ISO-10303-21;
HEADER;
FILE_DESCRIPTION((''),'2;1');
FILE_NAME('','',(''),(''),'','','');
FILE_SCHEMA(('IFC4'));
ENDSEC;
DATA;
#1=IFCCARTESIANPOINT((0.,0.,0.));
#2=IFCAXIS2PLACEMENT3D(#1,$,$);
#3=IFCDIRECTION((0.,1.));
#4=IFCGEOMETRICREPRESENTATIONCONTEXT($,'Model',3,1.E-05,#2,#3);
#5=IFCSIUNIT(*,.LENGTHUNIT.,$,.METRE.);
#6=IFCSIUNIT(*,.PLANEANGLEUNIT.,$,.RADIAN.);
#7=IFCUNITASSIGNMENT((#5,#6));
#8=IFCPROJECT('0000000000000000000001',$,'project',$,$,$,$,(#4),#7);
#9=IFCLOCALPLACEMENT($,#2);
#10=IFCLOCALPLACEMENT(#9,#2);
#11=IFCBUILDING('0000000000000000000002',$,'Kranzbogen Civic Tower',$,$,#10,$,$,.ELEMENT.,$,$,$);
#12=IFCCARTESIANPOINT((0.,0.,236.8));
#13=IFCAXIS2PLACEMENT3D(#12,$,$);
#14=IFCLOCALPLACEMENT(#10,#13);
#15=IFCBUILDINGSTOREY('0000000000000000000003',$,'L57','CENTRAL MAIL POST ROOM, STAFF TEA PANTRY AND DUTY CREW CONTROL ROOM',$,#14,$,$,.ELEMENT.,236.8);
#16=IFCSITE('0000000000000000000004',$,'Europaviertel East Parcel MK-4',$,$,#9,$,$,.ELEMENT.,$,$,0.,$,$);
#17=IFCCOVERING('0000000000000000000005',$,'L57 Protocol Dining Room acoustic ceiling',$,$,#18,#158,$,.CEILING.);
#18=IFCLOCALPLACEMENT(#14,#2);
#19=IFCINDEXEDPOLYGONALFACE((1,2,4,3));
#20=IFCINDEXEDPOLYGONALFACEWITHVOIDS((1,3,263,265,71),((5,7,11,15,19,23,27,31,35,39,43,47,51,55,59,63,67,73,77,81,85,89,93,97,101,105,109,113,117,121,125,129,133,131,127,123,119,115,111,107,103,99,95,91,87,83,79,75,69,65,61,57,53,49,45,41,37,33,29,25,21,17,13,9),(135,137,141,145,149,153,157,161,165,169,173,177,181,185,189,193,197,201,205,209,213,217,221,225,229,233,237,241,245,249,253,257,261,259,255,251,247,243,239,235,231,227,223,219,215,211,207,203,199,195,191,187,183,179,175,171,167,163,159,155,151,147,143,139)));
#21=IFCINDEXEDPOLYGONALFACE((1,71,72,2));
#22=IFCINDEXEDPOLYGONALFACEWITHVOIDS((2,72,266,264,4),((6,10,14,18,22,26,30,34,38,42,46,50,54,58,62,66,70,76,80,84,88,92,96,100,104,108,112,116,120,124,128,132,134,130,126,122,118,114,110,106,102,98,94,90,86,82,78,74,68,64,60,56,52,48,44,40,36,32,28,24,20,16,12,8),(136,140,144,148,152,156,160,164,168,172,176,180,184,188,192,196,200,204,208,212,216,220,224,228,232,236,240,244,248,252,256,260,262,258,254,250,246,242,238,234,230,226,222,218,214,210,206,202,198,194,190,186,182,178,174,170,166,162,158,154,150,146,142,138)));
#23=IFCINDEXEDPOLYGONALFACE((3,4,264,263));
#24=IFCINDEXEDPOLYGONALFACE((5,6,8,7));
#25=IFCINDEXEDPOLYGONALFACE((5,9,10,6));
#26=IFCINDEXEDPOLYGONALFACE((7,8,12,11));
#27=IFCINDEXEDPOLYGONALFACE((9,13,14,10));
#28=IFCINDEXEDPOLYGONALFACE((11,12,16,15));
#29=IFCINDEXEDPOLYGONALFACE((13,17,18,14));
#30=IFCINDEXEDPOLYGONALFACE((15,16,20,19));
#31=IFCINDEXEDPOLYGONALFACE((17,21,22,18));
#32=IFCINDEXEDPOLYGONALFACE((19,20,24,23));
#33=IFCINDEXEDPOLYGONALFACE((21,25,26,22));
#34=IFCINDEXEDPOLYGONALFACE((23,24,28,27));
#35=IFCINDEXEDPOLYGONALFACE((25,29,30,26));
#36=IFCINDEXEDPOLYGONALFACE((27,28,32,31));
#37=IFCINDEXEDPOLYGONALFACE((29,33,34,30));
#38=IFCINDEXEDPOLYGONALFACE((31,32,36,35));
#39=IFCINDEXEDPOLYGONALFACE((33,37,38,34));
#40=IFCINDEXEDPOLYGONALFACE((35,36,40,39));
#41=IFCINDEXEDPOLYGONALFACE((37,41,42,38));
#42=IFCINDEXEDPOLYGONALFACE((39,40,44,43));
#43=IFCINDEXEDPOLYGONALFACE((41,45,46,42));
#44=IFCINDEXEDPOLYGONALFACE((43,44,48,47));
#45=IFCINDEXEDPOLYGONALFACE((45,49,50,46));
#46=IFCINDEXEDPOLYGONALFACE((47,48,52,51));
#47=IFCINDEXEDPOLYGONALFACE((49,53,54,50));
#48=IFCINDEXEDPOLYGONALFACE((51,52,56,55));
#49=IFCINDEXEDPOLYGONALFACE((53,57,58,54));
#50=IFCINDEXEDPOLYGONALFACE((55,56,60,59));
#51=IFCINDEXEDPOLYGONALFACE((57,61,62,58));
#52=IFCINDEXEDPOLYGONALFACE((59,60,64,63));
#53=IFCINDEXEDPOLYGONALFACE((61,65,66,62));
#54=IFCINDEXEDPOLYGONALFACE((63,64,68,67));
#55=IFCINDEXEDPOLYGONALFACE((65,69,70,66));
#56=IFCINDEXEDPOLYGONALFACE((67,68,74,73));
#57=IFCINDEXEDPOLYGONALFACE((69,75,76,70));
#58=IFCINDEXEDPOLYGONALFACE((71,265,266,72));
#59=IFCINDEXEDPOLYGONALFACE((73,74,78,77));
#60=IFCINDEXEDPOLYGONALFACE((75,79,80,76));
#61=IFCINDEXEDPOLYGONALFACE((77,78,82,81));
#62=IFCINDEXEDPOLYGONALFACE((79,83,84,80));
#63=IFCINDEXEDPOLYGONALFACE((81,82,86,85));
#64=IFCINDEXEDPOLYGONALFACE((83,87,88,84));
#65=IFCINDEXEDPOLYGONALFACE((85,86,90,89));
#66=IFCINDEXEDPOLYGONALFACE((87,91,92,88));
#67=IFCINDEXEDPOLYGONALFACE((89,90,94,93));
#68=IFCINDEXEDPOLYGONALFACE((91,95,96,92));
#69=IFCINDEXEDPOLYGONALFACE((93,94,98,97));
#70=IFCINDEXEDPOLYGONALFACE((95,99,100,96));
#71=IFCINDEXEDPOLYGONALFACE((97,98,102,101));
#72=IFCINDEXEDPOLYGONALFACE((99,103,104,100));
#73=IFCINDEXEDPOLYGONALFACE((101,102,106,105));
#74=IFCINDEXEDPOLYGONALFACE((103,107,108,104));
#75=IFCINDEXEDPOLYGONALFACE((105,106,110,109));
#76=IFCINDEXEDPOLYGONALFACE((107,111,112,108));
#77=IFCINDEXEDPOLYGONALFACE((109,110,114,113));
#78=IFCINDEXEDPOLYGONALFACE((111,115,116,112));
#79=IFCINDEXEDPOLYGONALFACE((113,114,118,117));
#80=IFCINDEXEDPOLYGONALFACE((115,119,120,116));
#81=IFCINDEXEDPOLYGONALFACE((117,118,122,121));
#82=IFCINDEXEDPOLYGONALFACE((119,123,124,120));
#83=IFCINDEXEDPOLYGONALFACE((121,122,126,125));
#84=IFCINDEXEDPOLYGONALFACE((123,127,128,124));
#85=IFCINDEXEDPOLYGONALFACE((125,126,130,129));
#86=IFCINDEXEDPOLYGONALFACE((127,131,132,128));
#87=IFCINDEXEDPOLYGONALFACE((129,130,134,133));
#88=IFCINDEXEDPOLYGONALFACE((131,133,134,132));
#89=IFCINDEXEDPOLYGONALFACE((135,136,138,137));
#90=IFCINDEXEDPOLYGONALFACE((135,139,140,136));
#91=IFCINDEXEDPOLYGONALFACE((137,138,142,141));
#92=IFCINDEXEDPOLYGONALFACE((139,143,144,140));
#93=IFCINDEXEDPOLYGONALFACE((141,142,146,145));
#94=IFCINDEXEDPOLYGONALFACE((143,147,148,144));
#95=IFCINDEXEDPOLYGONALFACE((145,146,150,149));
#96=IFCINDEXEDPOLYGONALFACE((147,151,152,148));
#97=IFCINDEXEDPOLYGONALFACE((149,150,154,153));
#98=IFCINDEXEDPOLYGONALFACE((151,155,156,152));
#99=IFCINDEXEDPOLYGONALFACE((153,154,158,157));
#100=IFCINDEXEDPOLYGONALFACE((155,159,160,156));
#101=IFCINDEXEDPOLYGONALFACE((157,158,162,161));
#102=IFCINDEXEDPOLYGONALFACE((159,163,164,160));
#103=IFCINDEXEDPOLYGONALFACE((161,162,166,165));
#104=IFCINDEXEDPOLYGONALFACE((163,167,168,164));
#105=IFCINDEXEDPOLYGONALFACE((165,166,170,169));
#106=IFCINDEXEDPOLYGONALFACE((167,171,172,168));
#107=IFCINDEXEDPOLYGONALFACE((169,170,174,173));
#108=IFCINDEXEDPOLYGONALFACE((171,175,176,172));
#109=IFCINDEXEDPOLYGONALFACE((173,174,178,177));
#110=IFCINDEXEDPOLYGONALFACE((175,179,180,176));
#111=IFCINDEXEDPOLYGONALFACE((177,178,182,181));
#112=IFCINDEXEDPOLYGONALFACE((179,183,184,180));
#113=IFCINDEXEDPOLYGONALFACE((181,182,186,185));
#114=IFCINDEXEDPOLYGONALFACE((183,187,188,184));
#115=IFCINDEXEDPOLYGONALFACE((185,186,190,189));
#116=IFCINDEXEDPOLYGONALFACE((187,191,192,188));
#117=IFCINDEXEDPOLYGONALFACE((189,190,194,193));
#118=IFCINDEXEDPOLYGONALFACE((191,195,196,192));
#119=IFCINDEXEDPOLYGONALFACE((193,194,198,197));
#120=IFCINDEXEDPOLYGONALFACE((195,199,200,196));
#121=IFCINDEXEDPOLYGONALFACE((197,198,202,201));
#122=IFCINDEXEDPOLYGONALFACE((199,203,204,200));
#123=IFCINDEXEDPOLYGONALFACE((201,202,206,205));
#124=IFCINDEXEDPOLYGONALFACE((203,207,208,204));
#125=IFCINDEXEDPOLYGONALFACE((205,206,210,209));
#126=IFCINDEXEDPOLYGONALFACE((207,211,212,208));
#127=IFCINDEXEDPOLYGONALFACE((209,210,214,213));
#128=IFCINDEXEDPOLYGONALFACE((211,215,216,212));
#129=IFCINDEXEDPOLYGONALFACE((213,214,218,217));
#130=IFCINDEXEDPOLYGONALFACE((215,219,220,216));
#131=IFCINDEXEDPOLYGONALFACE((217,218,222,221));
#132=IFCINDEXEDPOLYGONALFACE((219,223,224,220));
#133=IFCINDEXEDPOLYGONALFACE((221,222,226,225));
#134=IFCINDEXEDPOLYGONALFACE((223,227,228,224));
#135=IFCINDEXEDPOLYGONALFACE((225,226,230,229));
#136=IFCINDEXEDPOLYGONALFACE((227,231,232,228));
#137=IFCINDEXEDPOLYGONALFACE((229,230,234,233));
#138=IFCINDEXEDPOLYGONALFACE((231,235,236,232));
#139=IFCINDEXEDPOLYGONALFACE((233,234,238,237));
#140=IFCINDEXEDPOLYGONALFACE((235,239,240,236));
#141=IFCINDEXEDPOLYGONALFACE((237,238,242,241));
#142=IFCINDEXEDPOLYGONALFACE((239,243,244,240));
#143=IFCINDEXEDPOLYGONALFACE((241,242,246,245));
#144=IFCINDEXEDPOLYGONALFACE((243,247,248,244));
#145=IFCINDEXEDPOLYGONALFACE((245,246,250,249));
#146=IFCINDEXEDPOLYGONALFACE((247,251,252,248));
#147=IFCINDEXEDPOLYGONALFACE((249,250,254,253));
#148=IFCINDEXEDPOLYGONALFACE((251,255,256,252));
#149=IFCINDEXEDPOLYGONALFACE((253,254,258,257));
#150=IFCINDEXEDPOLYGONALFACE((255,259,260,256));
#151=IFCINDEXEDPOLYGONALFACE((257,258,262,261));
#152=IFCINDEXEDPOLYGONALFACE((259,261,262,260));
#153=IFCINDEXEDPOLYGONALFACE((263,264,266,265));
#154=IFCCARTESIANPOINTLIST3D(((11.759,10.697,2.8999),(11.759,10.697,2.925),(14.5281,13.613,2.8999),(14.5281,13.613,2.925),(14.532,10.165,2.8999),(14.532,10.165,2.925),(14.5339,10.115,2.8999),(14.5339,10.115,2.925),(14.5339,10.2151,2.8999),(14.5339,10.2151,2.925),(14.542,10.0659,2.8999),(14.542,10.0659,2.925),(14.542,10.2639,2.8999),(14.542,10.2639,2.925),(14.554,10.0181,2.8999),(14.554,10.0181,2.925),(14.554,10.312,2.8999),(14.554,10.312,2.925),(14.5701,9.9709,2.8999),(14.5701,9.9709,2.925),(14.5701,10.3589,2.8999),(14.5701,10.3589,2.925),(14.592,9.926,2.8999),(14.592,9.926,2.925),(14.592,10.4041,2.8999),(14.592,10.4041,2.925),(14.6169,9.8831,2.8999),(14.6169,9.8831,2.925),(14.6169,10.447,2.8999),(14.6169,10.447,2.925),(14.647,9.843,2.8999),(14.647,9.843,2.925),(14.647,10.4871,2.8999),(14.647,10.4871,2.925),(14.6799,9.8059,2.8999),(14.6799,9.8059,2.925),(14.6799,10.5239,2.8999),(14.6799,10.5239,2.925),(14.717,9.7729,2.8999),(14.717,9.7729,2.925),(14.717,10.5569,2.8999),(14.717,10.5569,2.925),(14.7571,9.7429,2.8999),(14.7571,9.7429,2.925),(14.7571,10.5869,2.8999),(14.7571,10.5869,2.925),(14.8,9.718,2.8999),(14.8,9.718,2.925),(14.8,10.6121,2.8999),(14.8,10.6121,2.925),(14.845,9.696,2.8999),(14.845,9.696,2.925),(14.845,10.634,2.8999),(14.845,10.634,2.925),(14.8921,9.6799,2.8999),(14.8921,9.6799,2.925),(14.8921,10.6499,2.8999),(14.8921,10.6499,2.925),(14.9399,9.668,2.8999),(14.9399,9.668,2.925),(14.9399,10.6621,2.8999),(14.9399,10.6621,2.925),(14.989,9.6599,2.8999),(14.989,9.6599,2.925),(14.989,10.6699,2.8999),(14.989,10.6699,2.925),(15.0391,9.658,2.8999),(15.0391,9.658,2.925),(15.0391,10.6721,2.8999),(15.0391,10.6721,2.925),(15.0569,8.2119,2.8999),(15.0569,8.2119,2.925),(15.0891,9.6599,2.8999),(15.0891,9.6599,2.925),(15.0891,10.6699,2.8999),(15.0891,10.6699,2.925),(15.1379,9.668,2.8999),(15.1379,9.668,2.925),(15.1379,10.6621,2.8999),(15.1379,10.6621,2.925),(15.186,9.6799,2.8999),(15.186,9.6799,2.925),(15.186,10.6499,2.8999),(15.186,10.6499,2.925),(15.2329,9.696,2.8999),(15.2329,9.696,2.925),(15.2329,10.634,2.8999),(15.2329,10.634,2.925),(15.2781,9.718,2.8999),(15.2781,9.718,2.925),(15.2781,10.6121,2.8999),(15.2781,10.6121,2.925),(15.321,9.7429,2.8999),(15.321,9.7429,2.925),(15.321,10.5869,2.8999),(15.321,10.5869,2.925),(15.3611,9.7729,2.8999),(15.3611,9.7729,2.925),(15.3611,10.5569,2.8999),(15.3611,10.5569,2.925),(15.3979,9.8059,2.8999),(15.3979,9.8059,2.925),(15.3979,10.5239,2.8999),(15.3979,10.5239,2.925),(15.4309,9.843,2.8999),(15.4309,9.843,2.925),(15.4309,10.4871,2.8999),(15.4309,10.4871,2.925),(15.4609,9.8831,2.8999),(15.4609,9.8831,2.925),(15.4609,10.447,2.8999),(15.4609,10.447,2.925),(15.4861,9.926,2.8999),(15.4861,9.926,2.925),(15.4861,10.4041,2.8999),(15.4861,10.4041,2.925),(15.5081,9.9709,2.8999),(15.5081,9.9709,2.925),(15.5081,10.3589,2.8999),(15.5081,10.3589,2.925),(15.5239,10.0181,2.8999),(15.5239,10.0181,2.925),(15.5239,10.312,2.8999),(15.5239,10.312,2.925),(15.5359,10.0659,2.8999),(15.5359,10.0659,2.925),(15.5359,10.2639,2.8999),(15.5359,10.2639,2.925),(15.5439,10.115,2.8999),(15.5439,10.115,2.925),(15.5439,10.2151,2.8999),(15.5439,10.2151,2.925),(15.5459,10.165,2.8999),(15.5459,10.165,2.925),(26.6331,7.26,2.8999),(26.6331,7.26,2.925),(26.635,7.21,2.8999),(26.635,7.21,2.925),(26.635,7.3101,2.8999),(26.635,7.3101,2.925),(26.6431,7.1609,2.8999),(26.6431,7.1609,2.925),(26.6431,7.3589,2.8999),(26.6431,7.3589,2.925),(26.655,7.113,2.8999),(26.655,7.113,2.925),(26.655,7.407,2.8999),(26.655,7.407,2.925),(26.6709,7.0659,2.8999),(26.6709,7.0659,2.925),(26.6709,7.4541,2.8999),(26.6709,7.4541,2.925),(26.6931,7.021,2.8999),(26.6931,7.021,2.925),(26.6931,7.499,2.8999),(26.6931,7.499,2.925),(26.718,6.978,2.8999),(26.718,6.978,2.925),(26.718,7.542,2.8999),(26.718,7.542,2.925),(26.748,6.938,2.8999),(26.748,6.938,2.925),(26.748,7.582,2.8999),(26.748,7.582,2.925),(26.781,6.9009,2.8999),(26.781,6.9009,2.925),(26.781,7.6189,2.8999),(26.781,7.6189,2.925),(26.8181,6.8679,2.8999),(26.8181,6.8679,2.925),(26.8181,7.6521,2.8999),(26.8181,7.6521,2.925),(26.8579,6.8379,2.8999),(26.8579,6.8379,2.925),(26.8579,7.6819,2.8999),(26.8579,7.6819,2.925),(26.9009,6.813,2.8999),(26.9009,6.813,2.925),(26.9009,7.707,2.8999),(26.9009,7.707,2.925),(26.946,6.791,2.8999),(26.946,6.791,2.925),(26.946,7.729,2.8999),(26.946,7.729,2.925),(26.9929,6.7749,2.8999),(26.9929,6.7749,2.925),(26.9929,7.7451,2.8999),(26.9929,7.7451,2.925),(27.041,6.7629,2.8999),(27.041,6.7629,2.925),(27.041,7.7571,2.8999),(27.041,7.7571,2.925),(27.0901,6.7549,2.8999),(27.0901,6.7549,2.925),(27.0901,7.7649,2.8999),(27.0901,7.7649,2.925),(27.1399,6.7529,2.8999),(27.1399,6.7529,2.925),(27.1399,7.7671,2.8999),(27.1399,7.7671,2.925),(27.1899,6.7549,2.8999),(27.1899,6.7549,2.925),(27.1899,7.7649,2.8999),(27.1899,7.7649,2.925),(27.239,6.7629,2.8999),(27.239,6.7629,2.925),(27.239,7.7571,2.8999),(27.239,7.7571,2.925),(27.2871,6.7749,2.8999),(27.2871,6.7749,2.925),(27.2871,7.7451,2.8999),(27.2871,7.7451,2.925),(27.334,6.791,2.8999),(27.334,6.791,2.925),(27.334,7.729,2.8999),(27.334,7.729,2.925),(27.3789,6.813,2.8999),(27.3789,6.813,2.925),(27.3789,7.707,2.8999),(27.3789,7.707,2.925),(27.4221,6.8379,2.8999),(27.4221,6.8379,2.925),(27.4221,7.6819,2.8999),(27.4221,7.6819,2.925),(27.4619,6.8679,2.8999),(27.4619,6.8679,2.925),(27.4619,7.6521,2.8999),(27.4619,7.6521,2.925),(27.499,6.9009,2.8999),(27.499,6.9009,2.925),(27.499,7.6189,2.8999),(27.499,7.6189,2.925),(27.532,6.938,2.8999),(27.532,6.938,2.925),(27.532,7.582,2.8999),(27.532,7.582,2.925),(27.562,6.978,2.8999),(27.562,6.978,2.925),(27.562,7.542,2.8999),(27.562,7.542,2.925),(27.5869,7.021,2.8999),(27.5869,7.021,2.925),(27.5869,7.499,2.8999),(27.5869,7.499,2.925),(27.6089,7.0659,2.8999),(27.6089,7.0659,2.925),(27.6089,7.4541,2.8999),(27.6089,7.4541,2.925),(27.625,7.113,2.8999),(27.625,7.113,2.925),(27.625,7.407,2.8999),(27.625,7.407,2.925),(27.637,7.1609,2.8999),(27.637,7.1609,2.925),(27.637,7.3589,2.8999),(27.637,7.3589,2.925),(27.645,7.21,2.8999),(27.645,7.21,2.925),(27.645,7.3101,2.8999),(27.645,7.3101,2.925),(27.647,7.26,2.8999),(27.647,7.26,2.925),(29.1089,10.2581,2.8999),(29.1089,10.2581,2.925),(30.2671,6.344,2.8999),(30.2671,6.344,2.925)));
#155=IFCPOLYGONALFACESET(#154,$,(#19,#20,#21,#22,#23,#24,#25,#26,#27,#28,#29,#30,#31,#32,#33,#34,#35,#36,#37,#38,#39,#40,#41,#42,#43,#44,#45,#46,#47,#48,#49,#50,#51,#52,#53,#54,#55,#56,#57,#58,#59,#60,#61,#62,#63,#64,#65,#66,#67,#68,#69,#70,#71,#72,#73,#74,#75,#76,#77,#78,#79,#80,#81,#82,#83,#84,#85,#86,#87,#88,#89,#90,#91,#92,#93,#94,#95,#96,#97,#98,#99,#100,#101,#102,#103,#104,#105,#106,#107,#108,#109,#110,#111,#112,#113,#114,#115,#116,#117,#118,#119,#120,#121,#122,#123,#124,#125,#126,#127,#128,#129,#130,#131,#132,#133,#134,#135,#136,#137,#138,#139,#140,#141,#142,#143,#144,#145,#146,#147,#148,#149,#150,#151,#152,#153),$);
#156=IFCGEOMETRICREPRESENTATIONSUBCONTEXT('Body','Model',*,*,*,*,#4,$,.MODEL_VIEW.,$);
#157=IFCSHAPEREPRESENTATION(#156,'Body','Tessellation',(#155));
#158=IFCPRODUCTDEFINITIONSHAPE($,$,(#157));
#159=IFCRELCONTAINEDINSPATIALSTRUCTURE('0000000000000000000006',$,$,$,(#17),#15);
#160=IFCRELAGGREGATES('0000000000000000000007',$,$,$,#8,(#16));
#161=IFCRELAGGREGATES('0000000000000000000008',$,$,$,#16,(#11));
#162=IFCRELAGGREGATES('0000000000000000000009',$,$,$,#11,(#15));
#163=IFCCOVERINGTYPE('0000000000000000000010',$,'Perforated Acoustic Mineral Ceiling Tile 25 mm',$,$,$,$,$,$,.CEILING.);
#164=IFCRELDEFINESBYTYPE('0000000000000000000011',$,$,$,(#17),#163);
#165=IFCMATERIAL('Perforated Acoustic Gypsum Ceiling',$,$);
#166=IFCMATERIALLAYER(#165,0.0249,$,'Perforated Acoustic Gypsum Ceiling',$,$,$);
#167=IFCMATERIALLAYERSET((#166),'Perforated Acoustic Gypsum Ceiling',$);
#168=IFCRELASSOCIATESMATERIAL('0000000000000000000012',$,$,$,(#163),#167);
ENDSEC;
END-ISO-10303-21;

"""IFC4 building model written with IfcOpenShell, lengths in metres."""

from ifc_helpers import new_model, si_unit, direction, frame, origin, place, context, subcontext, project, spatial, polyline, outline, extrude, material, layer, layer_set, type_object, element, save


model = new_model("IFC4")

# Units and contexts
model_context = context("Model", 3, precision=1e-05, world=origin(), true_north=direction((0.0, 1.0)))
body_context = subcontext(model_context, "Body", "Model", "MODEL_VIEW")
ifc_project = project(units=[si_unit("LENGTHUNIT", "METRE"), si_unit("PLANEANGLEUNIT", "RADIAN")], contexts=[model_context])

# Site, building, storey
site_placement = place(None, origin())
site = spatial("IfcSite", under=ifc_project, at=site_placement, Name="Europaviertel East Parcel MK-4", CompositionType="ELEMENT", RefElevation=0.0)
building_placement = place(site_placement, origin())
building = spatial("IfcBuilding", under=site, at=building_placement, Name="Kranzbogen Civic Tower", CompositionType="ELEMENT")
storey_placement = place(building_placement, frame((0.0, 0.0, 236.8)))
storey = spatial("IfcBuildingStorey", under=building, at=storey_placement, Name="L57", Description="CENTRAL MAIL POST ROOM, STAFF TEA PANTRY AND DUTY CREW CONTROL ROOM", CompositionType="ELEMENT", Elevation=236.8)

# Covering
ifc_material_1 = material(Name="Perforated Acoustic Gypsum Ceiling")
ifc_layer_1 = layer(ifc_material_1, 0.0249, Name="Perforated Acoustic Gypsum Ceiling")
ifc_layer_set_1 = layer_set([ifc_layer_1], Name="Perforated Acoustic Gypsum Ceiling")
covering_type = type_object("IfcCoveringType", Name="Perforated Acoustic Mineral Ceiling Tile 25 mm", PredefinedType="CEILING", material=ifc_layer_set_1)
covering_1_placement = place(storey_placement, frame((0.0, 0.0, 2.8999)))
element("IfcCovering", 1, at=covering_1_placement, inside=storey, type_object=covering_type, Name="L57 Protocol Dining Room acoustic ceiling", PredefinedType="CEILING", context=body_context, shape_type="SweptSolid", body=[
    extrude(outline(polyline([(14.5281, 13.613), (29.1089, 10.2581), (30.2671, 6.344), (15.0569, 8.2119), (11.759, 10.697), (14.5281, 13.613)]), holes=[polyline([(15.5081, 9.9709), (15.4861, 9.926), (15.4609, 9.8831), (15.4309, 9.843), (15.3979, 9.8059), (15.3611, 9.7729), (15.321, 9.7429), (15.2781, 9.718), (15.2329, 9.696), (15.186, 9.6799), (15.1379, 9.668), (15.0891, 9.6599), (15.0391, 9.658), (14.989, 9.6599), (14.9399, 9.668), (14.8921, 9.6799), (14.845, 9.696), (14.8, 9.718), (14.7571, 9.7429), (14.717, 9.7729), (14.6799, 9.8059), (14.647, 9.843), (14.6169, 9.8831), (14.592, 9.926), (14.5701, 9.9709), (14.554, 10.0181), (14.542, 10.0659), (14.5339, 10.115), (14.532, 10.165), (14.5339, 10.2151), (14.542, 10.2639), (14.554, 10.312), (14.5701, 10.3589), (14.592, 10.4041), (14.6169, 10.447), (14.647, 10.4871), (14.6799, 10.5239), (14.717, 10.5569), (14.7571, 10.5869), (14.8, 10.6121), (14.845, 10.634), (14.8921, 10.6499), (14.9399, 10.6621), (14.989, 10.6699), (15.0391, 10.6721), (15.0891, 10.6699), (15.1379, 10.6621), (15.186, 10.6499), (15.2329, 10.634), (15.2781, 10.6121), (15.321, 10.5869), (15.3611, 10.5569), (15.3979, 10.5239), (15.4309, 10.4871), (15.4609, 10.447), (15.4861, 10.4041), (15.5081, 10.3589), (15.5239, 10.312), (15.5359, 10.2639), (15.5439, 10.2151), (15.5459, 10.165), (15.5439, 10.115), (15.5359, 10.0659), (15.5239, 10.0181), (15.5081, 9.9709)]), polyline([(27.6089, 7.0659), (27.5869, 7.021), (27.562, 6.978), (27.532, 6.938), (27.499, 6.9009), (27.4619, 6.8679), (27.4221, 6.8379), (27.3789, 6.813), (27.334, 6.791), (27.2871, 6.7749), (27.239, 6.7629), (27.1899, 6.7549), (27.1399, 6.7529), (27.0901, 6.7549), (27.041, 6.7629), (26.9929, 6.7749), (26.946, 6.791), (26.9009, 6.813), (26.8579, 6.8379), (26.8181, 6.8679), (26.781, 6.9009), (26.748, 6.938), (26.718, 6.978), (26.6931, 7.021), (26.6709, 7.0659), (26.655, 7.113), (26.6431, 7.1609), (26.635, 7.21), (26.6331, 7.26), (26.635, 7.3101), (26.6431, 7.3589), (26.655, 7.407), (26.6709, 7.4541), (26.6931, 7.499), (26.718, 7.542), (26.748, 7.582), (26.781, 7.6189), (26.8181, 7.6521), (26.8579, 7.6819), (26.9009, 7.707), (26.946, 7.729), (26.9929, 7.7451), (27.041, 7.7571), (27.0901, 7.7649), (27.1399, 7.7671), (27.1899, 7.7649), (27.239, 7.7571), (27.2871, 7.7451), (27.334, 7.729), (27.3789, 7.707), (27.4221, 7.6819), (27.4619, 7.6521), (27.499, 7.6189), (27.532, 7.582), (27.562, 7.542), (27.5869, 7.499), (27.6089, 7.4541), (27.625, 7.407), (27.637, 7.3589), (27.645, 7.3101), (27.647, 7.26), (27.645, 7.21), (27.637, 7.1609), (27.625, 7.113), (27.6089, 7.0659)])]), origin(), (0.0, 0.0, 1.0), 0.0251),
])

save(model, "model.ifc")
